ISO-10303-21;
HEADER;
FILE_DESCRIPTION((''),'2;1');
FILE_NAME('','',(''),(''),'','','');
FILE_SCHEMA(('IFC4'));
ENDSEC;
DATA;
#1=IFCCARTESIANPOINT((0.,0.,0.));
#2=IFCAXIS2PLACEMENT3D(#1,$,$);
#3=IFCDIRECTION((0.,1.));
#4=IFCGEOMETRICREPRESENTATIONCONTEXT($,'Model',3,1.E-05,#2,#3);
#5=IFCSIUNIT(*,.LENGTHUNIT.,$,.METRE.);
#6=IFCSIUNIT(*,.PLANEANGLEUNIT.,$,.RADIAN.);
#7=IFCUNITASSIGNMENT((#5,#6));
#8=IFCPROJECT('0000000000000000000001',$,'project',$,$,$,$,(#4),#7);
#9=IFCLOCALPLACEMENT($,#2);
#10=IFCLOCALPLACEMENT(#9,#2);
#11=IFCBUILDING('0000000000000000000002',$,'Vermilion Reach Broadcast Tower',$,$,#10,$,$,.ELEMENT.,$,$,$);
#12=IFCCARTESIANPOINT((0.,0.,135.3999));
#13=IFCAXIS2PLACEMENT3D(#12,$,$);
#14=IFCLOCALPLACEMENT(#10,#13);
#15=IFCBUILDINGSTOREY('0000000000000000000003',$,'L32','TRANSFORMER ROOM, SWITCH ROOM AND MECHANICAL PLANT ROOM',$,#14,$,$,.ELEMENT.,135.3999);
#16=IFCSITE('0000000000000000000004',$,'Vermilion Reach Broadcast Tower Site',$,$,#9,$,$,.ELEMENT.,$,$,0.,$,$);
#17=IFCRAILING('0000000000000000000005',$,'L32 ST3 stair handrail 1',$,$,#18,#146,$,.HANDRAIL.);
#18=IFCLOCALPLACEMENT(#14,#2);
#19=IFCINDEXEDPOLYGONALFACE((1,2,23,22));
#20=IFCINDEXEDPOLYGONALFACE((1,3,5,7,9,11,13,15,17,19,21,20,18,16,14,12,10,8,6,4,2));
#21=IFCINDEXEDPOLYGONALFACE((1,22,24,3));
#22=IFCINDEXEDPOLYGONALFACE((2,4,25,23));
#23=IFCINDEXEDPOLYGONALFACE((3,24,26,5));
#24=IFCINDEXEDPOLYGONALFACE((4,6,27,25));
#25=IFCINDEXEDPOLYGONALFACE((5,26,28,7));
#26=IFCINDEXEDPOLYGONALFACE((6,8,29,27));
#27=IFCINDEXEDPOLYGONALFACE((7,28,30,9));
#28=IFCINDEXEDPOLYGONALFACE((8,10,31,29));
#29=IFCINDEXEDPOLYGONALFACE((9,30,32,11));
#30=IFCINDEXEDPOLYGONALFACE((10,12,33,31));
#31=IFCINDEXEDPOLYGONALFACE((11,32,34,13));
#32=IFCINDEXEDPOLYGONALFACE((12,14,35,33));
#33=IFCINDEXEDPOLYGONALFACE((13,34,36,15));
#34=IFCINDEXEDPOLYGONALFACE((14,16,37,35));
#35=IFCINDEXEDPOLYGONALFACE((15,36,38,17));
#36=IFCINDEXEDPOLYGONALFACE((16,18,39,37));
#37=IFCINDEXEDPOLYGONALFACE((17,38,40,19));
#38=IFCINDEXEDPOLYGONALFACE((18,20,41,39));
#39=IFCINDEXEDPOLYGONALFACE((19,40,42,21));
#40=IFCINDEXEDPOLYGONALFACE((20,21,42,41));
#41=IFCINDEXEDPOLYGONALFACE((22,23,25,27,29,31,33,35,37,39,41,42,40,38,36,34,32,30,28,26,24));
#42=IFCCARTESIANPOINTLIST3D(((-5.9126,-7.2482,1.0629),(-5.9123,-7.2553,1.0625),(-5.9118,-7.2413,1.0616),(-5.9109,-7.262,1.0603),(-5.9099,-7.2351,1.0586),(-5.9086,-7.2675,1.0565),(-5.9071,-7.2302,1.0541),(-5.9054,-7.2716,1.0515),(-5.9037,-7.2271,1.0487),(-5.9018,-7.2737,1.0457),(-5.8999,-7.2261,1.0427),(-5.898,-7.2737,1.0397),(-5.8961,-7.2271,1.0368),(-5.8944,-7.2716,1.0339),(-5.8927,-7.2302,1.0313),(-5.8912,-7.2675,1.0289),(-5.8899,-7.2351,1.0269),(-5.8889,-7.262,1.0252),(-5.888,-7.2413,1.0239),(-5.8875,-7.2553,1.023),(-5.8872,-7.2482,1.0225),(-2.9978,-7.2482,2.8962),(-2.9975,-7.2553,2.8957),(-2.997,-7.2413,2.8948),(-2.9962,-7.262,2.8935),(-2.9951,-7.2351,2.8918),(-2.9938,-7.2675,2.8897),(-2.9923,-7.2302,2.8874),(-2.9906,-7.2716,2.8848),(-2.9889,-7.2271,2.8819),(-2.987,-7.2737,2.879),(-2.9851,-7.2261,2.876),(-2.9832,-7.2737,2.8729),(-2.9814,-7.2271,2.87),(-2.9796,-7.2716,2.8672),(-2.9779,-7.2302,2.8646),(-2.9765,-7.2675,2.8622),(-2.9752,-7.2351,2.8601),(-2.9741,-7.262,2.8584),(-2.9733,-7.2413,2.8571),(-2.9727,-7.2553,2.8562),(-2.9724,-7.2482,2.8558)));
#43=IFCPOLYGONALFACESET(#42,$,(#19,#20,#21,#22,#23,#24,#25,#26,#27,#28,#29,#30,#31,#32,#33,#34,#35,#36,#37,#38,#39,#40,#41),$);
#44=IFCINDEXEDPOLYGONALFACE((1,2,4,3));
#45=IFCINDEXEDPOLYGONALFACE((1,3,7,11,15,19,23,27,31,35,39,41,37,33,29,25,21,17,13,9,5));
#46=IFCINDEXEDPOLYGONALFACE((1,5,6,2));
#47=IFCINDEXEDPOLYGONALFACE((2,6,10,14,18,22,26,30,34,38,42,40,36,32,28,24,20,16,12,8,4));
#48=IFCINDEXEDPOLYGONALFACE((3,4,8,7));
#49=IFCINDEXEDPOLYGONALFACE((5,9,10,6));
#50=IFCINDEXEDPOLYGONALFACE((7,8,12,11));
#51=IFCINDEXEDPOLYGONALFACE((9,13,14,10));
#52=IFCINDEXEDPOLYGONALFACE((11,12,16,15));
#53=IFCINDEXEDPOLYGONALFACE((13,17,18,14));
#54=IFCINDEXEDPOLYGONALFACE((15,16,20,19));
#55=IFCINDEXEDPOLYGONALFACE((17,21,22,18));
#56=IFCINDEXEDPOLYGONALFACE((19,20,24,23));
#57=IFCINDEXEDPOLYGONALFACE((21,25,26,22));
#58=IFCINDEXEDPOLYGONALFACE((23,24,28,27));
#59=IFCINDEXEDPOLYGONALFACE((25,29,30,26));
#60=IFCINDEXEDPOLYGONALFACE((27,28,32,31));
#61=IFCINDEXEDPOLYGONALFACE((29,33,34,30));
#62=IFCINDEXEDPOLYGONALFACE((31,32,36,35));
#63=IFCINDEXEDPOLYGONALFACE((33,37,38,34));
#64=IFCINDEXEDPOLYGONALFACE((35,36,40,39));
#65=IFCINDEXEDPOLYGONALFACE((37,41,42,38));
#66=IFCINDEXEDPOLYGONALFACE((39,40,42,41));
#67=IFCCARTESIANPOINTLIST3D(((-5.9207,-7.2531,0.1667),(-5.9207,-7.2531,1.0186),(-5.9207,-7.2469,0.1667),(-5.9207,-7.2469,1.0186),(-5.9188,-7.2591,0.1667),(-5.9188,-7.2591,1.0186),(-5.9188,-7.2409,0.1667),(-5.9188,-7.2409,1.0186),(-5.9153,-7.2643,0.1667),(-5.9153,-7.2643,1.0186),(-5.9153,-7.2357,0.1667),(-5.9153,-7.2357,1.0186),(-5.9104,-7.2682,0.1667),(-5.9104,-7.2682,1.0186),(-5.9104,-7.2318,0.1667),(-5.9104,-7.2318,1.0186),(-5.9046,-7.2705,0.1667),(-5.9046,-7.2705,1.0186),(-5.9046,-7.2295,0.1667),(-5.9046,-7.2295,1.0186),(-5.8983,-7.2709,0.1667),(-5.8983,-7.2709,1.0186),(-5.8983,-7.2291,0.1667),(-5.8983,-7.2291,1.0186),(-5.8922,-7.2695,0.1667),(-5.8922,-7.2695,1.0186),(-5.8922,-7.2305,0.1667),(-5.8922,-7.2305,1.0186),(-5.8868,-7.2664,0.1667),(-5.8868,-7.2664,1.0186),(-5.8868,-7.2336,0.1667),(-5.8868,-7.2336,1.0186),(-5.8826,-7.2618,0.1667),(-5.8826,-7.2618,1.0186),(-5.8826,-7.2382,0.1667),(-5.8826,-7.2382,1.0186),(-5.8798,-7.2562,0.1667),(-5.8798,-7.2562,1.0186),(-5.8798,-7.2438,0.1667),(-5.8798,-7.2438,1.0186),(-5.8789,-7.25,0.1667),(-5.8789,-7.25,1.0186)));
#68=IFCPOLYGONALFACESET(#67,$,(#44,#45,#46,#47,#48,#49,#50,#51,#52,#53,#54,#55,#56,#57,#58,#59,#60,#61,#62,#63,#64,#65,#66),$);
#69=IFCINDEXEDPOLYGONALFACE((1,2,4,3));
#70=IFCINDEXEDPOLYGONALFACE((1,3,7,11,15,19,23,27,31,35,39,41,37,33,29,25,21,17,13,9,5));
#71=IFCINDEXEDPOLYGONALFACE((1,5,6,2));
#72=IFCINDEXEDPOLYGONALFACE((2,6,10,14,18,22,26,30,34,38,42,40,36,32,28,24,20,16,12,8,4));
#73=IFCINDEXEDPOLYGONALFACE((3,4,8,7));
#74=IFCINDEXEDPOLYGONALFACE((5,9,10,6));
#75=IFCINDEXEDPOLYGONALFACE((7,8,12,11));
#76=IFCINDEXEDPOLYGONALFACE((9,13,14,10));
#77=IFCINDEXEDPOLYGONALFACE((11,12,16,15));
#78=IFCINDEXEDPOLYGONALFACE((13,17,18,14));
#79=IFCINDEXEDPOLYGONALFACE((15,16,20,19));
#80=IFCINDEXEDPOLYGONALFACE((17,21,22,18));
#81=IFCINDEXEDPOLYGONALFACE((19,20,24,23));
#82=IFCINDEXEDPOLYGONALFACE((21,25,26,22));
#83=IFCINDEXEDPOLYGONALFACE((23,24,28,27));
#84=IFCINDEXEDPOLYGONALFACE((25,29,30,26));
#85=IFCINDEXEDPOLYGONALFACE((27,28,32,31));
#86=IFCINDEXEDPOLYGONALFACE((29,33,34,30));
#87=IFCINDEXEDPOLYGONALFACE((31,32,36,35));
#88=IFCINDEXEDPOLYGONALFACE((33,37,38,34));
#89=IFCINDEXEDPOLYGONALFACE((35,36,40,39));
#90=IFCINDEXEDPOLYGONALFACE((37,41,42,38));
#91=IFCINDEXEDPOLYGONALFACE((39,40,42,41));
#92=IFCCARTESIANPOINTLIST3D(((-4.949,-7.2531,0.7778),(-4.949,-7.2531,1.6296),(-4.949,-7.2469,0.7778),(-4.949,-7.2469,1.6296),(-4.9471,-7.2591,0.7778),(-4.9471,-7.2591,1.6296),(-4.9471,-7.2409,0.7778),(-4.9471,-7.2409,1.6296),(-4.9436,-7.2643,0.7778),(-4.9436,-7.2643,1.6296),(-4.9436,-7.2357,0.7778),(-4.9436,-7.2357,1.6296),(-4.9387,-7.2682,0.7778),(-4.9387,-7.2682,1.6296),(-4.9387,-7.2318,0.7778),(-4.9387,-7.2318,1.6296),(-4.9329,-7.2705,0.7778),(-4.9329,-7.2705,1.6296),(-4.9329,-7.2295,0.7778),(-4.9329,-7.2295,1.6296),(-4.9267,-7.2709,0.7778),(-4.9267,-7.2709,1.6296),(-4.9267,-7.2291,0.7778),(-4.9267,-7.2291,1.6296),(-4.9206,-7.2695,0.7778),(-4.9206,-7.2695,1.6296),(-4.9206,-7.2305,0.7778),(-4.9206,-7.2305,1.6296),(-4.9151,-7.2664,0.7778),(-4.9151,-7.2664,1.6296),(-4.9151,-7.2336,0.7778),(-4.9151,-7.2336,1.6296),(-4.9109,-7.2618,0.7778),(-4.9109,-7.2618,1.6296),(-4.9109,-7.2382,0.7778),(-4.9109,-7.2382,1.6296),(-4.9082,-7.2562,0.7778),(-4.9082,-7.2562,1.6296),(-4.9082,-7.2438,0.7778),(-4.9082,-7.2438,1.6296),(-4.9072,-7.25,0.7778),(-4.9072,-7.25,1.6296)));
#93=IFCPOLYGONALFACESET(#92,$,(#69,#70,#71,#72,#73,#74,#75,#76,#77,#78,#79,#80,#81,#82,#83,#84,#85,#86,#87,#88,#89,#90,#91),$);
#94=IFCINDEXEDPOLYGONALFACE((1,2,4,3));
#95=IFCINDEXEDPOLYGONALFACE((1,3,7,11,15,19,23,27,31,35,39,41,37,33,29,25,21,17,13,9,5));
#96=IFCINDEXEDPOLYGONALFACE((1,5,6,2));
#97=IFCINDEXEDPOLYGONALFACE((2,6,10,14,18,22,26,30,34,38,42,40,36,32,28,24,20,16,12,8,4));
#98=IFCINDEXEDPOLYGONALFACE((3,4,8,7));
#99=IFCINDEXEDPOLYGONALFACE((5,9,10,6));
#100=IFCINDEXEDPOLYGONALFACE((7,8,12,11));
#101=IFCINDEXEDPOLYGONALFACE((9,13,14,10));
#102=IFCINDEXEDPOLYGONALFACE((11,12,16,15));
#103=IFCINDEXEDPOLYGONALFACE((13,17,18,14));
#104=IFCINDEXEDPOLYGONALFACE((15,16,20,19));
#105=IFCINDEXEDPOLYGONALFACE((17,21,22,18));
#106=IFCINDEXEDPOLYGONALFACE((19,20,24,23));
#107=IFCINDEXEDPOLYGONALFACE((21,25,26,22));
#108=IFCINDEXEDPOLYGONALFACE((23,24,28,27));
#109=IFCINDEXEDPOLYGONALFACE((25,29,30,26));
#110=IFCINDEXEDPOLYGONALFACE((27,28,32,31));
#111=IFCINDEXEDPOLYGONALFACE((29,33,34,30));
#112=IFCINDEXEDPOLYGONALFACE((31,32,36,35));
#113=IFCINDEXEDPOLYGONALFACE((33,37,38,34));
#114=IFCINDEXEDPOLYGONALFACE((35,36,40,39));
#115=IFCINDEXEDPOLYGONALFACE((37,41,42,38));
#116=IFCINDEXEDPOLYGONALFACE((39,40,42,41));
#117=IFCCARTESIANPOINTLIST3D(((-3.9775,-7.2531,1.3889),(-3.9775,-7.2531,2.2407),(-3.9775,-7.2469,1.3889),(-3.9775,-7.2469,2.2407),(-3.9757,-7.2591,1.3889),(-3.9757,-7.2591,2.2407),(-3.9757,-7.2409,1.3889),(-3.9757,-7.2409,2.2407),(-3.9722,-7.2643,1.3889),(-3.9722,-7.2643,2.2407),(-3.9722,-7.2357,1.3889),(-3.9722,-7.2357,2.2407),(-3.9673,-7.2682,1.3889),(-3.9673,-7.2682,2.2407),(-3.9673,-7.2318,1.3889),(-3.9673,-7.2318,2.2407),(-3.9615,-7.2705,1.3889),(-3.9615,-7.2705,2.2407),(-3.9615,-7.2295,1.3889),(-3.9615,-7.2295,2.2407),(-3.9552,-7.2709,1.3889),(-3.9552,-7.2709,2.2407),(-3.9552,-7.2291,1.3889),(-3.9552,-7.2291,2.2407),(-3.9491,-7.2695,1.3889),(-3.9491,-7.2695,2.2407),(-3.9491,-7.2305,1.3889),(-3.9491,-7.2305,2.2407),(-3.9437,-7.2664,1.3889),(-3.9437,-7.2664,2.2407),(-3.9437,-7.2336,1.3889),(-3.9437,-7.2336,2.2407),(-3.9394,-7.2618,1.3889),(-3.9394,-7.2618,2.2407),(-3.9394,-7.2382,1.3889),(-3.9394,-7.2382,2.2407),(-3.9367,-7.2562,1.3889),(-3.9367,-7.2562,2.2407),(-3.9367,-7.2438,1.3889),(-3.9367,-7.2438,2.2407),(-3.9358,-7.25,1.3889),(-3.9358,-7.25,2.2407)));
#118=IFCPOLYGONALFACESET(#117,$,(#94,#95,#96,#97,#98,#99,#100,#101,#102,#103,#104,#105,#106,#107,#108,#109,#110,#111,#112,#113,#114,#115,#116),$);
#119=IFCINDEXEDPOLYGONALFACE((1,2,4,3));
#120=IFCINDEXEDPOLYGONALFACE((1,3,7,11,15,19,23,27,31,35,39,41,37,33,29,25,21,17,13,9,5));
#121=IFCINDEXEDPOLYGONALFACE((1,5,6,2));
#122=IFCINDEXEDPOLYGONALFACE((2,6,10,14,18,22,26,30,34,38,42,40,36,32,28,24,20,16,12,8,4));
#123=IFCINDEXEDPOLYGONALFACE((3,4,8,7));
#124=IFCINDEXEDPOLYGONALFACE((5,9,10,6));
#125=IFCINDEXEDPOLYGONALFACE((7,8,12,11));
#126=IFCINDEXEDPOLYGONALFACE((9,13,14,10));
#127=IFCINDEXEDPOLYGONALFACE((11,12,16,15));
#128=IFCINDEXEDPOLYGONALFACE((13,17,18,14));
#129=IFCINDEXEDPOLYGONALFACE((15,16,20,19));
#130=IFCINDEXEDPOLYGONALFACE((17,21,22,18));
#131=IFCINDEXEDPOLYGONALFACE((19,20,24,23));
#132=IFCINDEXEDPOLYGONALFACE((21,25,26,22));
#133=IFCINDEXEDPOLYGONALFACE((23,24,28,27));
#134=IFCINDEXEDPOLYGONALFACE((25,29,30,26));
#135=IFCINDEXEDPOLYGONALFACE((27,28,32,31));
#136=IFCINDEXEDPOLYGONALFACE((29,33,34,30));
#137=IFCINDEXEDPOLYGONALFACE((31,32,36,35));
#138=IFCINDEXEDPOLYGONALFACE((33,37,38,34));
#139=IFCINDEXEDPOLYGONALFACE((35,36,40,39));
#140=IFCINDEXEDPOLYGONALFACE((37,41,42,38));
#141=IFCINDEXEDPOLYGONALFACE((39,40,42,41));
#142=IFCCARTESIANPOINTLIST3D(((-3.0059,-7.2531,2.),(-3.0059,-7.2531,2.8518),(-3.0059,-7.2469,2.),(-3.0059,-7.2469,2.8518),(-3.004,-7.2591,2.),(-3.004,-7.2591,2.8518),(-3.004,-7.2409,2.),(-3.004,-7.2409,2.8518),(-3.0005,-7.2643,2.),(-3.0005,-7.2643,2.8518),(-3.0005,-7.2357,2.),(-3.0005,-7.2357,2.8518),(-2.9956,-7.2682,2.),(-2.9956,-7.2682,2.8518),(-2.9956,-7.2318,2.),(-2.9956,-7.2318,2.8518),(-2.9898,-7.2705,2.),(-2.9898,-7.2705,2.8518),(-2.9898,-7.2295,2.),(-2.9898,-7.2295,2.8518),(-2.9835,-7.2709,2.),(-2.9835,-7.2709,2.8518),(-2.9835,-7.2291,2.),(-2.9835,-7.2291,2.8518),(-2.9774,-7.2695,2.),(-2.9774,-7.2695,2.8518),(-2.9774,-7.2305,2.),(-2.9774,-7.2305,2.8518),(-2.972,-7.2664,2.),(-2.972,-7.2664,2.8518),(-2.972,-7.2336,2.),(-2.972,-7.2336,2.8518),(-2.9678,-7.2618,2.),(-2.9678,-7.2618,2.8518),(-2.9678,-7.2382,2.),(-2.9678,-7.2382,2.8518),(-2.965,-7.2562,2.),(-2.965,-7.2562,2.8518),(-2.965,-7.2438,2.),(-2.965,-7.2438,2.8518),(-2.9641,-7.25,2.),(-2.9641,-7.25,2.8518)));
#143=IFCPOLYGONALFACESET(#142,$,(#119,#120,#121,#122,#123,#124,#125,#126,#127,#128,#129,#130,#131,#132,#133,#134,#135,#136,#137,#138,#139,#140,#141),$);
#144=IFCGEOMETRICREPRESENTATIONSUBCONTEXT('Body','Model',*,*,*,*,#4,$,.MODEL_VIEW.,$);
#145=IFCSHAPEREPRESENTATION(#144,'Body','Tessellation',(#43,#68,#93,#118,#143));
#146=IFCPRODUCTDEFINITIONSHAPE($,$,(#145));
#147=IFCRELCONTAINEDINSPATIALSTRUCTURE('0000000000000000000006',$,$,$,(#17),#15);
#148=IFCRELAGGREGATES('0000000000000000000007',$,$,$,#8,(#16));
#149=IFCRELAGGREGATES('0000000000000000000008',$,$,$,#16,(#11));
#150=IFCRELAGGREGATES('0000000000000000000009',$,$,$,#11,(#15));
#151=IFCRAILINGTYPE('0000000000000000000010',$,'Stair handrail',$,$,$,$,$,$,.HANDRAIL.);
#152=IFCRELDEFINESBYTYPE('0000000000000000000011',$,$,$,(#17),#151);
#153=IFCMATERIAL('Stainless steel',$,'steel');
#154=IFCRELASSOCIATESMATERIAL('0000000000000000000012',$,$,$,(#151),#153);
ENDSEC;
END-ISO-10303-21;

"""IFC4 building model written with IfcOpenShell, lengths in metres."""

from ifc_helpers import new_model, si_unit, direction, frame, origin, origin_2d, place, context, subcontext, project, spatial, circle, extrude, material, type_object, element, save


model = new_model("IFC4")

# Units and contexts
model_context = context("Model", 3, precision=1e-05, world=origin(), true_north=direction((0.0, 1.0)))
body_context = subcontext(model_context, "Body", "Model", "MODEL_VIEW")
ifc_project = project(units=[si_unit("LENGTHUNIT", "METRE"), si_unit("PLANEANGLEUNIT", "RADIAN")], contexts=[model_context])

# Site, building, storey
site_placement = place(None, origin())
site = spatial("IfcSite", under=ifc_project, at=site_placement, Name="Vermilion Reach Broadcast Tower Site", CompositionType="ELEMENT", RefElevation=0.0)
building_placement = place(site_placement, origin())
building = spatial("IfcBuilding", under=site, at=building_placement, Name="Vermilion Reach Broadcast Tower", CompositionType="ELEMENT")
storey_placement = place(building_placement, frame((0.0, 0.0, 135.3999)))
storey = spatial("IfcBuildingStorey", under=building, at=storey_placement, Name="L32", Description="TRANSFORMER ROOM, SWITCH ROOM AND MECHANICAL PLANT ROOM", CompositionType="ELEMENT", Elevation=135.3999)

# Railing
ifc_material_1 = material(Name="Stainless steel", Category="steel")
railing_type_1 = type_object("IfcRailingType", Name="Stair handrail", PredefinedType="HANDRAIL", material=ifc_material_1)
for number, where, name in (
    (1, (-5.8999, -7.25, 0.1667), "L32 ST3 stair handrail 1"),
):
    element("IfcRailing", number, at=place(storey_placement, frame(where)), inside=storey, type_object=railing_type_1, Name=name, PredefinedType="HANDRAIL", context=body_context, shape_type="SweptSolid", body=[
        extrude(circle(Radius=0.0239, at=origin_2d()), frame((0.0, 0.0, 0.876), z_axis=(0.846493, 0.0, 0.532399), x_axis=(0.0, 1.0, 0.0)), (0.0, 0.0, 1.0), 3.4434),
        extrude(circle(Radius=0.021, at=origin_2d()), origin(), (0.0, 0.0, 1.0), 0.8518),
        extrude(circle(Radius=0.021, at=origin_2d()), frame((0.9717, 0.0, 0.6111)), (0.0, 0.0, 1.0), 0.8518),
        extrude(circle(Radius=0.021, at=origin_2d()), frame((1.9431, 0.0, 1.2222)), (0.0, 0.0, 1.0), 0.8518),
        extrude(circle(Radius=0.021, at=origin_2d()), frame((2.9148, 0.0, 1.8333)), (0.0, 0.0, 1.0), 0.8518),
    ])

save(model, "model.ifc")
